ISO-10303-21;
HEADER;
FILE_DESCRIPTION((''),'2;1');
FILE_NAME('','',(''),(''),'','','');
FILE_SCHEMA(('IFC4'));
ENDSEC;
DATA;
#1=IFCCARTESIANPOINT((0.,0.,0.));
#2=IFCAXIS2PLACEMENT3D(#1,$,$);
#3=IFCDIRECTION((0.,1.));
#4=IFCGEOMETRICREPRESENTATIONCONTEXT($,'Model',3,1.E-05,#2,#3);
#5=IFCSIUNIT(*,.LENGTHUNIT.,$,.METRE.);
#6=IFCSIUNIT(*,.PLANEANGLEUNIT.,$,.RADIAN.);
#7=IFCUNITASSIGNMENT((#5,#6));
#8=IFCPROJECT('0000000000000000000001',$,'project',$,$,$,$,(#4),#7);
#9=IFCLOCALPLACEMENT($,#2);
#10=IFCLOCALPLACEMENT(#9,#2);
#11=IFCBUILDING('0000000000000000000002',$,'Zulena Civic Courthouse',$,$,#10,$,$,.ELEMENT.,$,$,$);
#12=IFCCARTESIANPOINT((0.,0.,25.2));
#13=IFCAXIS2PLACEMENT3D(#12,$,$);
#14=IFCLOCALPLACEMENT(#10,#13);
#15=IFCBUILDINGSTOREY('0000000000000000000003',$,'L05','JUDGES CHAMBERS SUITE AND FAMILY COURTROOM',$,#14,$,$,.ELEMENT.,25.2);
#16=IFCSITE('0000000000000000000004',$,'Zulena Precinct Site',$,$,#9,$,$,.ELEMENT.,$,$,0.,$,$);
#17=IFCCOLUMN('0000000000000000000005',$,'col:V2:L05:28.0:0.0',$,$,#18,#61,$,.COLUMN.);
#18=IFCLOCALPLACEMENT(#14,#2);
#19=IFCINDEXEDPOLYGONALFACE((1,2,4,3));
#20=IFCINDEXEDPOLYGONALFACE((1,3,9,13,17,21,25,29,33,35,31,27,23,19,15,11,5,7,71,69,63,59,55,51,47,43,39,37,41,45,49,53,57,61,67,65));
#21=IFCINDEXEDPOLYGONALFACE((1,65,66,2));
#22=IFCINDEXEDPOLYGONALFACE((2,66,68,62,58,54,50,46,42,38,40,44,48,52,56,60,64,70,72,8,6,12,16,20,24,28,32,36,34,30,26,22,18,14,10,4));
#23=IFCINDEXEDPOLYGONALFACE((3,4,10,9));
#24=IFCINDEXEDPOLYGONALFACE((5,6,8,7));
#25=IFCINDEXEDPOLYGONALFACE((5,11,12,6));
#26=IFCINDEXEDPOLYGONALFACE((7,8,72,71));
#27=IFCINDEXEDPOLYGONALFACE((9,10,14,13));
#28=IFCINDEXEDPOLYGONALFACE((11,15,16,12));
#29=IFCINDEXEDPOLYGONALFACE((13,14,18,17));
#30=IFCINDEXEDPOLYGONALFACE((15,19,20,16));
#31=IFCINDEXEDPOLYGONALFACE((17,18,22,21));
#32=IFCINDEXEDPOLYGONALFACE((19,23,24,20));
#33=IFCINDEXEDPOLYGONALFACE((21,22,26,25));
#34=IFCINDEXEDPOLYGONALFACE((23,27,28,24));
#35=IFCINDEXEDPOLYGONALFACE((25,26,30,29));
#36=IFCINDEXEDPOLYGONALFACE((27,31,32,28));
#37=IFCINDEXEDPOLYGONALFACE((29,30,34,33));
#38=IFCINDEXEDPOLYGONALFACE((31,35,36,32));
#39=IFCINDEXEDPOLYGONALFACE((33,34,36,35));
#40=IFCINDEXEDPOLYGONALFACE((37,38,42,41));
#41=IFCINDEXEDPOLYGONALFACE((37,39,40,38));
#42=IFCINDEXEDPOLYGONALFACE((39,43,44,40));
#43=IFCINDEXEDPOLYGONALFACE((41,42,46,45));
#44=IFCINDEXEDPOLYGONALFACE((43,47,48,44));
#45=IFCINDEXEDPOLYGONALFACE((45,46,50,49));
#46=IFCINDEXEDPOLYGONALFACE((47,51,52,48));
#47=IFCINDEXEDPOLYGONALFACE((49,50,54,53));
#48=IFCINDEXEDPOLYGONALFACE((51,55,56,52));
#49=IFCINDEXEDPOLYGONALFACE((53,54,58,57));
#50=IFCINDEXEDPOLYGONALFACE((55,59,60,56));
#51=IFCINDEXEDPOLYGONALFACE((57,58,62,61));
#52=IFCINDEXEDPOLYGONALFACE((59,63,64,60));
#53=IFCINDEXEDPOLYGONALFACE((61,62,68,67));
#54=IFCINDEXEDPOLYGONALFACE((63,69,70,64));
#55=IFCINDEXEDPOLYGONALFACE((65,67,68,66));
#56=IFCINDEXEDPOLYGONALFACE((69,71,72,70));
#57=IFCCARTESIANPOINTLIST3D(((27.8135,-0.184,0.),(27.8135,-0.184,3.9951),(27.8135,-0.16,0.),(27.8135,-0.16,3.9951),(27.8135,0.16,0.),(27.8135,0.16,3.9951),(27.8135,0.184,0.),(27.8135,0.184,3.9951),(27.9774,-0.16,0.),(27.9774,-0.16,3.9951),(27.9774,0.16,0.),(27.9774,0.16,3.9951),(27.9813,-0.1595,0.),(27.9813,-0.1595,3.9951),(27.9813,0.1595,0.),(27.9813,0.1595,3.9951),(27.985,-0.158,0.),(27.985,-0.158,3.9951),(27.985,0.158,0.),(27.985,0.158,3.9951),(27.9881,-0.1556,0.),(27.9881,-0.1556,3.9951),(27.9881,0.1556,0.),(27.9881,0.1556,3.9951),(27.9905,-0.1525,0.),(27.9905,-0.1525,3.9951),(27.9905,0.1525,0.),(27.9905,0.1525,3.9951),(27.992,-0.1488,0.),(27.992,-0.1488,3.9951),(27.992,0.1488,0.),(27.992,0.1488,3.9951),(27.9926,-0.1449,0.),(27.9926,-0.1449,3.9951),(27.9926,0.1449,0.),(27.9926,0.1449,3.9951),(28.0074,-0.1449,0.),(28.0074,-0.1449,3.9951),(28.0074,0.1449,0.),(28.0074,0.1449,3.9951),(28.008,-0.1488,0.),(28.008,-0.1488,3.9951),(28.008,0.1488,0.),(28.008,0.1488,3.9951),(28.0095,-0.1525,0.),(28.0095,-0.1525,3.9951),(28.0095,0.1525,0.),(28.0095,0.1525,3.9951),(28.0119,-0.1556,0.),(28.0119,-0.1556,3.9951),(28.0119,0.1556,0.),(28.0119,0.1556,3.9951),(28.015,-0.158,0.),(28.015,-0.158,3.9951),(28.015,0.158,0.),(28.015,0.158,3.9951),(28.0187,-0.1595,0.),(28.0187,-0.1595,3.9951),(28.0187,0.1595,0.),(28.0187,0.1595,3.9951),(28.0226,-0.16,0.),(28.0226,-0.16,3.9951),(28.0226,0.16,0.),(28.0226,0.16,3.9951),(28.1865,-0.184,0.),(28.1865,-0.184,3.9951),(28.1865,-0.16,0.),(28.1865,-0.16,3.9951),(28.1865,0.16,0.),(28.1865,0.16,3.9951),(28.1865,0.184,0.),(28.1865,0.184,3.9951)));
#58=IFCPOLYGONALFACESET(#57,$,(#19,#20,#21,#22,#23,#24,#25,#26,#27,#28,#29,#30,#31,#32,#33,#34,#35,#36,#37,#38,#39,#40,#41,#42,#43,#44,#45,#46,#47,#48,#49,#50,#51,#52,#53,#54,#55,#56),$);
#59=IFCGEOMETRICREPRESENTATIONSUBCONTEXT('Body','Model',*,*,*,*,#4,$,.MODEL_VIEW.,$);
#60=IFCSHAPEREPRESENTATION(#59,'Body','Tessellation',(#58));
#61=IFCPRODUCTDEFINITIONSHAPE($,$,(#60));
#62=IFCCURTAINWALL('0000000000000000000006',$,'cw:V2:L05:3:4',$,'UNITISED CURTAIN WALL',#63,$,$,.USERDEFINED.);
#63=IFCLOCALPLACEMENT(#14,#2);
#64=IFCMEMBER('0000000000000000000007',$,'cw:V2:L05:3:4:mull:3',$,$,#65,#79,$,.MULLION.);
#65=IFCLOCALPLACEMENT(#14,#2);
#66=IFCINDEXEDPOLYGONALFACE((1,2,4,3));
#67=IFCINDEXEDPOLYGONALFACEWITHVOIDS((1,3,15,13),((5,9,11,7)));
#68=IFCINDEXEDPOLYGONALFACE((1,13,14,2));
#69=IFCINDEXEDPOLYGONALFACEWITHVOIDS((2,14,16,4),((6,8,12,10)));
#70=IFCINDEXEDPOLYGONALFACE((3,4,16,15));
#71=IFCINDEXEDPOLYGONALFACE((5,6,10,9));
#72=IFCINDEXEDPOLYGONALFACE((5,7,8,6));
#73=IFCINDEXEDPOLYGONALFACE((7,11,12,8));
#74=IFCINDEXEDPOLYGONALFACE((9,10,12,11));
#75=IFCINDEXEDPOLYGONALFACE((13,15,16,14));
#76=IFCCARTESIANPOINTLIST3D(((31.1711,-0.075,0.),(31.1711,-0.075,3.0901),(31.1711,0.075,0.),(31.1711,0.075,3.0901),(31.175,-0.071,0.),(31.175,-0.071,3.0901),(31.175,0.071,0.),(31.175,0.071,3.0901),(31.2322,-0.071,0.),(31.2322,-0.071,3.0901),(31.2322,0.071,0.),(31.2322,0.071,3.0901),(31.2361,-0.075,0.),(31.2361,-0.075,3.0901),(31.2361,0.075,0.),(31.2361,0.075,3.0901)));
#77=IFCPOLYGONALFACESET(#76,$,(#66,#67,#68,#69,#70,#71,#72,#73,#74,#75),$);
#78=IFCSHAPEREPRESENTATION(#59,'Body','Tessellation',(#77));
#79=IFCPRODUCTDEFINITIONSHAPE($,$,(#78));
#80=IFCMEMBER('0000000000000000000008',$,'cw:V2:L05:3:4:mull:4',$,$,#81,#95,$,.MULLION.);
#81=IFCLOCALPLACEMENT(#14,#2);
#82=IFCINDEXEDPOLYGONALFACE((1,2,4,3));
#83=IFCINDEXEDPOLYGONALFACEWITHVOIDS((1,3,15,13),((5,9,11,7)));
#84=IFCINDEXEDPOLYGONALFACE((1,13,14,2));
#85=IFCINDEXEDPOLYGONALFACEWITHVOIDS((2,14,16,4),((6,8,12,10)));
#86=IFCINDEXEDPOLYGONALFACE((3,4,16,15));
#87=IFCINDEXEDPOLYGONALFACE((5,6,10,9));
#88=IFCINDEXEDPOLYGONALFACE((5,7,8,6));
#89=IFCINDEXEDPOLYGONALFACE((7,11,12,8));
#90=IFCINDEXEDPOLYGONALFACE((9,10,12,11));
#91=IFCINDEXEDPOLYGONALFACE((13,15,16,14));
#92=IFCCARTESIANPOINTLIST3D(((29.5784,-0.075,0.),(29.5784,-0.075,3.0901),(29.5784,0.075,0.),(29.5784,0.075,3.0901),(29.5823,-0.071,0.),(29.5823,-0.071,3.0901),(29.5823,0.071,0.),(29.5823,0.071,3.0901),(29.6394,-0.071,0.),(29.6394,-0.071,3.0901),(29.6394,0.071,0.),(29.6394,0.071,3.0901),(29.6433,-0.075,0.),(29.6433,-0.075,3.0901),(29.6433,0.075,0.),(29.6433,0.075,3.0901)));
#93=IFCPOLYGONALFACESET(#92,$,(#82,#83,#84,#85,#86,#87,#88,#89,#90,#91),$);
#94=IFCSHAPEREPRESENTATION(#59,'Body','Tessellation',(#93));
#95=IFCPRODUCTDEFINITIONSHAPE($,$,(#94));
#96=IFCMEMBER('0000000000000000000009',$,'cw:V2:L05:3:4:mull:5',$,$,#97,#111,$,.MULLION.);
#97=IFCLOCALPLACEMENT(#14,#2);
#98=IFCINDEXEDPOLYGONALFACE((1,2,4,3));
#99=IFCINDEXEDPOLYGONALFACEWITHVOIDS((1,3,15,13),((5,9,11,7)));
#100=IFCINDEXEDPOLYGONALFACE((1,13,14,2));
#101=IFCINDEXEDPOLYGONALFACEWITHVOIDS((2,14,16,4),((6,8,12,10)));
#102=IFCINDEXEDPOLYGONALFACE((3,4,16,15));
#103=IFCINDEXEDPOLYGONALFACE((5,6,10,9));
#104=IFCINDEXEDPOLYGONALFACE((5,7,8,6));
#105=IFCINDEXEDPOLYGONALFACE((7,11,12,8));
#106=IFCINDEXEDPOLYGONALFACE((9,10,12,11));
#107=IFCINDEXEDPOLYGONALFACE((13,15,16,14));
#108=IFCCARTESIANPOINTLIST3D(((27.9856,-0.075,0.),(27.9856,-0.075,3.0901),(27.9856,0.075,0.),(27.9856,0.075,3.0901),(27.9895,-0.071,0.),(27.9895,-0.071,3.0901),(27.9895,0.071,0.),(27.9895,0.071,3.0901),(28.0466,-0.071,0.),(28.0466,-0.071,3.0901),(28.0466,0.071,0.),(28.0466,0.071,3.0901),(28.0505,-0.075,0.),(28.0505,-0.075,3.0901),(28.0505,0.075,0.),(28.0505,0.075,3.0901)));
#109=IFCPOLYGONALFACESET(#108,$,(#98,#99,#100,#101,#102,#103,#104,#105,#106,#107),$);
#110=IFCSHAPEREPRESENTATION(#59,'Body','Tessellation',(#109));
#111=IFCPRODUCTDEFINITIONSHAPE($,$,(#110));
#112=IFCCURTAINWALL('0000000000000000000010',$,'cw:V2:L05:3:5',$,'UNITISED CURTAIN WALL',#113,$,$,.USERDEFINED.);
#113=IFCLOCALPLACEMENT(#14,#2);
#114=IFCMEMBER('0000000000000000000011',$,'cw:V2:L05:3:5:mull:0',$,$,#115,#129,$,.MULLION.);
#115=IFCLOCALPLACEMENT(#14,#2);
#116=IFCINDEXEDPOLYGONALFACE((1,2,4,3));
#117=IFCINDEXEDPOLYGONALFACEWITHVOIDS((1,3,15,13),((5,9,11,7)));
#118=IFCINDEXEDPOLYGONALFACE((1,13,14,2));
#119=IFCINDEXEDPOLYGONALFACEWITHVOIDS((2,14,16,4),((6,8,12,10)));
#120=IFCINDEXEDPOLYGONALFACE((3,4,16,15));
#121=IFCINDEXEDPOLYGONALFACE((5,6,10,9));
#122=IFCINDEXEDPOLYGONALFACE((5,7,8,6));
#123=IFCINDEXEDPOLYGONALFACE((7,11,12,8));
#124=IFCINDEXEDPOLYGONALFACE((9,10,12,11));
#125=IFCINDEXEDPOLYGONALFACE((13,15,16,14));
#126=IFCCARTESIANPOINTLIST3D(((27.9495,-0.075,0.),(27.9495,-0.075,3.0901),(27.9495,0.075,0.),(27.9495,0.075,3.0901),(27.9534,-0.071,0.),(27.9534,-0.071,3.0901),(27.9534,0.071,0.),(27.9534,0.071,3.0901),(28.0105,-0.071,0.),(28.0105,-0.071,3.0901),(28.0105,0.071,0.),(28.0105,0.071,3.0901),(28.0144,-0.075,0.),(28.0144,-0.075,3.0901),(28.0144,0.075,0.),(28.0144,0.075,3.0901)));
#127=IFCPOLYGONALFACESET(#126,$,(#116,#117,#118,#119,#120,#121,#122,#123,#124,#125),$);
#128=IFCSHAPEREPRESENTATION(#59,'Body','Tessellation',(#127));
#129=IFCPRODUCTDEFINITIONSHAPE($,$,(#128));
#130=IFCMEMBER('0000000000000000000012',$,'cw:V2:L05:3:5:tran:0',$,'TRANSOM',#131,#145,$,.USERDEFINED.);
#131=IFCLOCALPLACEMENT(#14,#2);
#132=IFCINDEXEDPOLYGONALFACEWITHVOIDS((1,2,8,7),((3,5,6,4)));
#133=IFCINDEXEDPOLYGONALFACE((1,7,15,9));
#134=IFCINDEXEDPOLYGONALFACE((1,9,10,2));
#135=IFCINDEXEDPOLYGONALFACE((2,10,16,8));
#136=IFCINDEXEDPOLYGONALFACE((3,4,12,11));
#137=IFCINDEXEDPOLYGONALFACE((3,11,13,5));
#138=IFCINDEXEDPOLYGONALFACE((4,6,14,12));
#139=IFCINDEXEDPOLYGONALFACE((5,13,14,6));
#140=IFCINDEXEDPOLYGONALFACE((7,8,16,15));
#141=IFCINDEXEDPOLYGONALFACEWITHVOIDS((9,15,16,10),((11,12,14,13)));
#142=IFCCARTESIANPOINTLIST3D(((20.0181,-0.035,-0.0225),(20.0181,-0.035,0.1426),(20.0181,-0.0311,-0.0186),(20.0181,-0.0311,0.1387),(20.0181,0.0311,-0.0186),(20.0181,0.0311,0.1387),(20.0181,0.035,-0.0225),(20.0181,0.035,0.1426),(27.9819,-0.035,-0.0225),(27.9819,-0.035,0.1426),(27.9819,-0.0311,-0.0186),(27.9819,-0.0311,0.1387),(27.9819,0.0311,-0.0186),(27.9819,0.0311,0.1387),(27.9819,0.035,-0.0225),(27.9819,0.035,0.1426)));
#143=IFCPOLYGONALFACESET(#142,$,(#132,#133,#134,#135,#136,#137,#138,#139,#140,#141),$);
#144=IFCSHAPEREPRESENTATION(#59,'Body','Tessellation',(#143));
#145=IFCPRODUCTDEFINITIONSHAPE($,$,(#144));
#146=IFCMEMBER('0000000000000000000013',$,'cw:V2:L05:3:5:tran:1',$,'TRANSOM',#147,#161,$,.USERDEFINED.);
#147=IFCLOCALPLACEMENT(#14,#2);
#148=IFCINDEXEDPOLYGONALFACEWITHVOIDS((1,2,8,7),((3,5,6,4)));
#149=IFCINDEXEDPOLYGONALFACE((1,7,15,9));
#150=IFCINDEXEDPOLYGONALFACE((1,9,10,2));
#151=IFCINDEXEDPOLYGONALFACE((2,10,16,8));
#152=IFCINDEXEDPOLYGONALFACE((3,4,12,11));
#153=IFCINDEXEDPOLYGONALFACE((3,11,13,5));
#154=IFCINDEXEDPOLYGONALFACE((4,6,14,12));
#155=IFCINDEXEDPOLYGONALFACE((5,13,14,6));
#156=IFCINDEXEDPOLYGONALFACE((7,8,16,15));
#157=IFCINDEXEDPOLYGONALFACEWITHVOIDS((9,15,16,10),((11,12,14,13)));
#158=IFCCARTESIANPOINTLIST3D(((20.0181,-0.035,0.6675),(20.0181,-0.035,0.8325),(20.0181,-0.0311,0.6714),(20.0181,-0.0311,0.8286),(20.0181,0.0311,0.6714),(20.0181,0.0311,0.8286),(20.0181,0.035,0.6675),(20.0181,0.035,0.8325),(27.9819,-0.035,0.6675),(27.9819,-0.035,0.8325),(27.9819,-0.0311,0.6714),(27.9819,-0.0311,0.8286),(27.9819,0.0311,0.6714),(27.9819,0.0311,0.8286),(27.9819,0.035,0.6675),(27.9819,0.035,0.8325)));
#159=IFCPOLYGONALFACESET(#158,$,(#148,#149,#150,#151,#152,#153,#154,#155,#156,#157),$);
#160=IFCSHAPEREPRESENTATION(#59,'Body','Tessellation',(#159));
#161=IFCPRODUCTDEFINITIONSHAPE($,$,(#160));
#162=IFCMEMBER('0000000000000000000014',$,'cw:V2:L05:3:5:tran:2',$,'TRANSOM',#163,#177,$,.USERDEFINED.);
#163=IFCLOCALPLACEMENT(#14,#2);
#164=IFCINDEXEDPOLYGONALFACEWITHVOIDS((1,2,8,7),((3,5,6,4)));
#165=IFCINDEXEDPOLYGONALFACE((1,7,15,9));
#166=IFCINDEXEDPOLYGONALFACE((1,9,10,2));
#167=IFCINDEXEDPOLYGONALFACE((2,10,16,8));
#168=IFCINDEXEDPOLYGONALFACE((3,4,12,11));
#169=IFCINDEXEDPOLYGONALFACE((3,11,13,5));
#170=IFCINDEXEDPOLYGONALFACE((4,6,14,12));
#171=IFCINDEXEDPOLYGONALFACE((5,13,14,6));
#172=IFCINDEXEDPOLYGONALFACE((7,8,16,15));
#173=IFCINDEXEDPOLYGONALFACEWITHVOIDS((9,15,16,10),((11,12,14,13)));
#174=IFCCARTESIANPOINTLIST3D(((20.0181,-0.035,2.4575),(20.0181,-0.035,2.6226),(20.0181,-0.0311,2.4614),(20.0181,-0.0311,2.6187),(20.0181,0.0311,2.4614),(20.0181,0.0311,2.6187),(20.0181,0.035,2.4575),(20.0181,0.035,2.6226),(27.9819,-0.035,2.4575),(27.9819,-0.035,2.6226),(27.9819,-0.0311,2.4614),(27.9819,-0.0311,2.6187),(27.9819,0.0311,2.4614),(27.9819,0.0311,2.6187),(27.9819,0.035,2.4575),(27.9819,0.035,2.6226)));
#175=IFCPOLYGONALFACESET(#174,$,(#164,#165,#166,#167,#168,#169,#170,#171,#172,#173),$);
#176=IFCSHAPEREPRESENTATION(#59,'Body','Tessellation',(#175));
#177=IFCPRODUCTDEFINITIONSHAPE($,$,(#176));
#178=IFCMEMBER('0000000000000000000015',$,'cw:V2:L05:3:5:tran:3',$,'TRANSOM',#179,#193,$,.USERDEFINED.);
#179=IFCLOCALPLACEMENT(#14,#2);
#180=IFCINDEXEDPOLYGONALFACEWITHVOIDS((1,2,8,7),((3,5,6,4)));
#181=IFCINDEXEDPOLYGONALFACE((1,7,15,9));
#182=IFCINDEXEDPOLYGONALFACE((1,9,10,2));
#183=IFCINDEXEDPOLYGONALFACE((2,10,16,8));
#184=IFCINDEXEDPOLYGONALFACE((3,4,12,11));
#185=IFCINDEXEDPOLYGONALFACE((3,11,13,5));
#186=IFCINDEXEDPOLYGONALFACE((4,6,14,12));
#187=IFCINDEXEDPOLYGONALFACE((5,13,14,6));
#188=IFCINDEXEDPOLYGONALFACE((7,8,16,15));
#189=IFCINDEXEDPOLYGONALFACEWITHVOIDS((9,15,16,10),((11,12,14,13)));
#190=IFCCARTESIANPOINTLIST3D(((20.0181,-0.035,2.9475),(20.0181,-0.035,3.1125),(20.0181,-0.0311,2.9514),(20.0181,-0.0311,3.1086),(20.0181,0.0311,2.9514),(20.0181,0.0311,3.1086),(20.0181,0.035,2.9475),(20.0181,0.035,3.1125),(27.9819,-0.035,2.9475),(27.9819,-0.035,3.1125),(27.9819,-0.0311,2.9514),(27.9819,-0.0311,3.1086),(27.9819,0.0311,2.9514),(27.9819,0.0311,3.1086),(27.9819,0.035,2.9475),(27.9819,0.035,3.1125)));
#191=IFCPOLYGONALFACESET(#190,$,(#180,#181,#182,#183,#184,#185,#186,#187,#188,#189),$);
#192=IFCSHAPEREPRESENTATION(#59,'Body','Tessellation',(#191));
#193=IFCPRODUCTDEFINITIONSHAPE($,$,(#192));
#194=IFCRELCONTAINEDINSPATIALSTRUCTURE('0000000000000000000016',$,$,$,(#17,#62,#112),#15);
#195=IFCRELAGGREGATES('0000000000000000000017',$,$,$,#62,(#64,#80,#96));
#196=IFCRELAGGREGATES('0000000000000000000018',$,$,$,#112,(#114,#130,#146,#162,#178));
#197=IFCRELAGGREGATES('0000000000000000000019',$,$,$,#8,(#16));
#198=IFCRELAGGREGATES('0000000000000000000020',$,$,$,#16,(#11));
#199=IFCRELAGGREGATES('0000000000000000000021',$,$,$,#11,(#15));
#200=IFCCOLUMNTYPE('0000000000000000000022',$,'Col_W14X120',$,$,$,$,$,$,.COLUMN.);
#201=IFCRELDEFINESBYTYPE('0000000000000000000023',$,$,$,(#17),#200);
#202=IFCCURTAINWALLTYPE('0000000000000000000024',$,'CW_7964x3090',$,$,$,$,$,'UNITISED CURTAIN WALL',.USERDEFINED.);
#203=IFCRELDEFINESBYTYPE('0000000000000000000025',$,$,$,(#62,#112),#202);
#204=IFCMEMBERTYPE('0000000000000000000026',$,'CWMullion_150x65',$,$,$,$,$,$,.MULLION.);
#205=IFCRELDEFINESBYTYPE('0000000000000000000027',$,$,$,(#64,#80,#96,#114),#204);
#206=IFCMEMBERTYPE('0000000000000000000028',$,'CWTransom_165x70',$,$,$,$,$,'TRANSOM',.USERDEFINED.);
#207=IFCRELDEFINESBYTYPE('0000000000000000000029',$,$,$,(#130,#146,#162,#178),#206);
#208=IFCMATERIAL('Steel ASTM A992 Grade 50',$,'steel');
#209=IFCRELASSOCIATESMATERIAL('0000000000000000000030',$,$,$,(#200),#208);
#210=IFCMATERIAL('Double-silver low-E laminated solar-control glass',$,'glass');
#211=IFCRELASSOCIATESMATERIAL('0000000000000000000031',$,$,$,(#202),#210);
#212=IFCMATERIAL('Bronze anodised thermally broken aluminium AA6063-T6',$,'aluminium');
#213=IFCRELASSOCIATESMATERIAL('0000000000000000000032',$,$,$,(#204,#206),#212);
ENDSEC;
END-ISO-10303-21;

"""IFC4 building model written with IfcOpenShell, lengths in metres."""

from ifc_helpers import new_model, si_unit, direction, frame, origin, origin_2d, place, context, subcontext, project, spatial, hollow_rectangle, i_section, extrude, material, material_profile, profile_set, type_object, element, aggregate, save


model = new_model("IFC4")

# Units and contexts
model_context = context("Model", 3, precision=1e-05, world=origin(), true_north=direction((0.0, 1.0)))
body_context = subcontext(model_context, "Body", "Model", "MODEL_VIEW")
ifc_project = project(units=[si_unit("LENGTHUNIT", "METRE"), si_unit("PLANEANGLEUNIT", "RADIAN")], contexts=[model_context])

# Site, building, storey
site_placement = place(None, origin())
site = spatial("IfcSite", under=ifc_project, at=site_placement, Name="Zulena Precinct Site", CompositionType="ELEMENT", RefElevation=0.0)
building_placement = place(site_placement, origin())
building = spatial("IfcBuilding", under=site, at=building_placement, Name="Zulena Civic Courthouse", CompositionType="ELEMENT")
storey_placement = place(building_placement, frame((0.0, 0.0, 25.2)))
storey = spatial("IfcBuildingStorey", under=building, at=storey_placement, Name="L05", Description="JUDGES CHAMBERS SUITE AND FAMILY COURTROOM", CompositionType="ELEMENT", Elevation=25.2)

# Column
ifc_material_1 = material(Name="Steel ASTM A992 Grade 50", Category="steel")
ifc_material_profile_1 = material_profile(ifc_material_1, i_section(OverallWidth=0.373, OverallDepth=0.3679, WebThickness=0.0149, FlangeThickness=0.0239, FilletRadius=0.0151, at=origin_2d()), Name="W14X120")
ifc_profile_set_1 = profile_set([ifc_material_profile_1], Name="Steel ASTM A992 Grade 50")
column_type = type_object("IfcColumnType", Name="Col_W14X120", PredefinedType="COLUMN", material=ifc_profile_set_1)
column_placement = place(storey_placement, frame((28.0, 0.0, 0.0), z_axis=(0.0, 0.0, 1.0), x_axis=(1.0, 0.0, 0.0)))
element("IfcColumn", 1, at=column_placement, inside=storey, type_object=column_type, Name="col:V2:L05:28.0:0.0", PredefinedType="COLUMN", context=body_context, shape_type="SweptSolid", body=[
    extrude(i_section(OverallWidth=0.373, OverallDepth=0.3679, WebThickness=0.0149, FlangeThickness=0.0239, FilletRadius=0.0151, at=origin_2d()), origin(), (0.0, 0.0, 1.0), 3.9951),
])

# Curtain walls, members
ifc_material_2 = material(Name="Double-silver low-E laminated solar-control glass", Category="glass")
curtain_wall_type = type_object("IfcCurtainWallType", Name="CW_7964x3090", ElementType="UNITISED CURTAIN WALL", PredefinedType="USERDEFINED", material=ifc_material_2)
curtain_wall_1_placement = place(storey_placement, origin())
curtain_wall_1 = element("IfcCurtainWall", 2, at=curtain_wall_1_placement, inside=storey, type_object=curtain_wall_type, Name="cw:V2:L05:3:4", ObjectType="UNITISED CURTAIN WALL", PredefinedType="USERDEFINED")
ifc_material_3 = material(Name="Bronze anodised thermally broken aluminium AA6063-T6", Category="aluminium")
ifc_material_profile_2 = material_profile(ifc_material_3, hollow_rectangle(XDim=0.0649, YDim=0.1499, WallThickness=0.0039, at=origin_2d()), Name="CWM150X65X4")
ifc_profile_set_2 = profile_set([ifc_material_profile_2], Name="Bronze anodised thermally broken aluminium AA6063-T6")
member_type_1 = type_object("IfcMemberType", Name="CWMullion_150x65", PredefinedType="MULLION", material=ifc_profile_set_2)
member_1_placement = place(storey_placement, frame((31.2036, 0.0, 0.0), z_axis=(0.0, 0.0, 1.0), x_axis=(1.0, 0.0, 0.0)))
member_1 = element("IfcMember", 3, at=member_1_placement, type_object=member_type_1, Name="cw:V2:L05:3:4:mull:3", PredefinedType="MULLION", context=body_context, shape_type="SweptSolid", body=[
    extrude(hollow_rectangle(XDim=0.0649, YDim=0.1499, WallThickness=0.0039, at=origin_2d()), origin(), (0.0, 0.0, 1.0), 3.0901),
])
member_2_placement = place(storey_placement, frame((29.6108, 0.0, 0.0), z_axis=(0.0, 0.0, 1.0), x_axis=(1.0, 0.0, 0.0)))
member_2 = element("IfcMember", 4, at=member_2_placement, type_object=member_type_1, Name="cw:V2:L05:3:4:mull:4", PredefinedType="MULLION", context=body_context, shape_type="SweptSolid", body=[
    extrude(hollow_rectangle(XDim=0.0649, YDim=0.1499, WallThickness=0.0039, at=origin_2d()), origin(), (0.0, 0.0, 1.0), 3.0901),
])
member_3_placement = place(storey_placement, frame((28.0181, 0.0, 0.0), z_axis=(0.0, 0.0, 1.0), x_axis=(1.0, 0.0, 0.0)))
member_3 = element("IfcMember", 5, at=member_3_placement, type_object=member_type_1, Name="cw:V2:L05:3:4:mull:5", PredefinedType="MULLION", context=body_context, shape_type="SweptSolid", body=[
    extrude(hollow_rectangle(XDim=0.0649, YDim=0.1499, WallThickness=0.0039, at=origin_2d()), origin(), (0.0, 0.0, 1.0), 3.0901),
])
curtain_wall_2_placement = place(storey_placement, origin())
curtain_wall_2 = element("IfcCurtainWall", 6, at=curtain_wall_2_placement, inside=storey, type_object=curtain_wall_type, Name="cw:V2:L05:3:5", ObjectType="UNITISED CURTAIN WALL", PredefinedType="USERDEFINED")
member_4_placement = place(storey_placement, frame((27.9819, 0.0, 0.0), z_axis=(0.0, 0.0, 1.0), x_axis=(1.0, 0.0, 0.0)))
member_4 = element("IfcMember", 7, at=member_4_placement, type_object=member_type_1, Name="cw:V2:L05:3:5:mull:0", PredefinedType="MULLION", context=body_context, shape_type="SweptSolid", body=[
    extrude(hollow_rectangle(XDim=0.0649, YDim=0.1499, WallThickness=0.0039, at=origin_2d()), origin(), (0.0, 0.0, 1.0), 3.0901),
])
ifc_material_profile_3 = material_profile(ifc_material_3, hollow_rectangle(XDim=0.0701, YDim=0.165, WallThickness=0.0039, at=origin_2d()), Name="CWT165X70X4")
ifc_profile_set_3 = profile_set([ifc_material_profile_3], Name="Bronze anodised thermally broken aluminium AA6063-T6")
member_type_2 = type_object("IfcMemberType", Name="CWTransom_165x70", ElementType="TRANSOM", PredefinedType="USERDEFINED", material=ifc_profile_set_3)
member_5_placement = place(storey_placement, frame((27.9819, 0.0, 0.0601), z_axis=(-1.0, 0.0, 0.0), x_axis=(0.0, -1.0, 0.0)))
member_5 = element("IfcMember", 8, at=member_5_placement, type_object=member_type_2, Name="cw:V2:L05:3:5:tran:0", ObjectType="TRANSOM", PredefinedType="USERDEFINED", context=body_context, shape_type="SweptSolid", body=[
    extrude(hollow_rectangle(XDim=0.0701, YDim=0.165, WallThickness=0.0039, at=origin_2d()), origin(), (0.0, 0.0, 1.0), 7.9639),
])
member_6_placement = place(storey_placement, frame((27.9819, 0.0, 0.75), z_axis=(-1.0, 0.0, 0.0), x_axis=(0.0, -1.0, 0.0)))
member_6 = element("IfcMember", 9, at=member_6_placement, type_object=member_type_2, Name="cw:V2:L05:3:5:tran:1", ObjectType="TRANSOM", PredefinedType="USERDEFINED", context=body_context, shape_type="SweptSolid", body=[
    extrude(hollow_rectangle(XDim=0.0701, YDim=0.165, WallThickness=0.0039, at=origin_2d()), origin(), (0.0, 0.0, 1.0), 7.9639),
])
member_7_placement = place(storey_placement, frame((27.9819, 0.0, 2.54), z_axis=(-1.0, 0.0, 0.0), x_axis=(0.0, -1.0, 0.0)))
member_7 = element("IfcMember", 10, at=member_7_placement, type_object=member_type_2, Name="cw:V2:L05:3:5:tran:2", ObjectType="TRANSOM", PredefinedType="USERDEFINED", context=body_context, shape_type="SweptSolid", body=[
    extrude(hollow_rectangle(XDim=0.0701, YDim=0.165, WallThickness=0.0039, at=origin_2d()), origin(), (0.0, 0.0, 1.0), 7.9639),
])
member_8_placement = place(storey_placement, frame((27.9819, 0.0, 3.03), z_axis=(-1.0, 0.0, 0.0), x_axis=(0.0, -1.0, 0.0)))
member_8 = element("IfcMember", 11, at=member_8_placement, type_object=member_type_2, Name="cw:V2:L05:3:5:tran:3", ObjectType="TRANSOM", PredefinedType="USERDEFINED", context=body_context, shape_type="SweptSolid", body=[
    extrude(hollow_rectangle(XDim=0.0701, YDim=0.165, WallThickness=0.0039, at=origin_2d()), origin(), (0.0, 0.0, 1.0), 7.9639),
])

aggregate(curtain_wall_1, [member_1, member_2, member_3])
aggregate(curtain_wall_2, [member_4, member_5, member_6, member_7, member_8])

save(model, "model.ifc")
